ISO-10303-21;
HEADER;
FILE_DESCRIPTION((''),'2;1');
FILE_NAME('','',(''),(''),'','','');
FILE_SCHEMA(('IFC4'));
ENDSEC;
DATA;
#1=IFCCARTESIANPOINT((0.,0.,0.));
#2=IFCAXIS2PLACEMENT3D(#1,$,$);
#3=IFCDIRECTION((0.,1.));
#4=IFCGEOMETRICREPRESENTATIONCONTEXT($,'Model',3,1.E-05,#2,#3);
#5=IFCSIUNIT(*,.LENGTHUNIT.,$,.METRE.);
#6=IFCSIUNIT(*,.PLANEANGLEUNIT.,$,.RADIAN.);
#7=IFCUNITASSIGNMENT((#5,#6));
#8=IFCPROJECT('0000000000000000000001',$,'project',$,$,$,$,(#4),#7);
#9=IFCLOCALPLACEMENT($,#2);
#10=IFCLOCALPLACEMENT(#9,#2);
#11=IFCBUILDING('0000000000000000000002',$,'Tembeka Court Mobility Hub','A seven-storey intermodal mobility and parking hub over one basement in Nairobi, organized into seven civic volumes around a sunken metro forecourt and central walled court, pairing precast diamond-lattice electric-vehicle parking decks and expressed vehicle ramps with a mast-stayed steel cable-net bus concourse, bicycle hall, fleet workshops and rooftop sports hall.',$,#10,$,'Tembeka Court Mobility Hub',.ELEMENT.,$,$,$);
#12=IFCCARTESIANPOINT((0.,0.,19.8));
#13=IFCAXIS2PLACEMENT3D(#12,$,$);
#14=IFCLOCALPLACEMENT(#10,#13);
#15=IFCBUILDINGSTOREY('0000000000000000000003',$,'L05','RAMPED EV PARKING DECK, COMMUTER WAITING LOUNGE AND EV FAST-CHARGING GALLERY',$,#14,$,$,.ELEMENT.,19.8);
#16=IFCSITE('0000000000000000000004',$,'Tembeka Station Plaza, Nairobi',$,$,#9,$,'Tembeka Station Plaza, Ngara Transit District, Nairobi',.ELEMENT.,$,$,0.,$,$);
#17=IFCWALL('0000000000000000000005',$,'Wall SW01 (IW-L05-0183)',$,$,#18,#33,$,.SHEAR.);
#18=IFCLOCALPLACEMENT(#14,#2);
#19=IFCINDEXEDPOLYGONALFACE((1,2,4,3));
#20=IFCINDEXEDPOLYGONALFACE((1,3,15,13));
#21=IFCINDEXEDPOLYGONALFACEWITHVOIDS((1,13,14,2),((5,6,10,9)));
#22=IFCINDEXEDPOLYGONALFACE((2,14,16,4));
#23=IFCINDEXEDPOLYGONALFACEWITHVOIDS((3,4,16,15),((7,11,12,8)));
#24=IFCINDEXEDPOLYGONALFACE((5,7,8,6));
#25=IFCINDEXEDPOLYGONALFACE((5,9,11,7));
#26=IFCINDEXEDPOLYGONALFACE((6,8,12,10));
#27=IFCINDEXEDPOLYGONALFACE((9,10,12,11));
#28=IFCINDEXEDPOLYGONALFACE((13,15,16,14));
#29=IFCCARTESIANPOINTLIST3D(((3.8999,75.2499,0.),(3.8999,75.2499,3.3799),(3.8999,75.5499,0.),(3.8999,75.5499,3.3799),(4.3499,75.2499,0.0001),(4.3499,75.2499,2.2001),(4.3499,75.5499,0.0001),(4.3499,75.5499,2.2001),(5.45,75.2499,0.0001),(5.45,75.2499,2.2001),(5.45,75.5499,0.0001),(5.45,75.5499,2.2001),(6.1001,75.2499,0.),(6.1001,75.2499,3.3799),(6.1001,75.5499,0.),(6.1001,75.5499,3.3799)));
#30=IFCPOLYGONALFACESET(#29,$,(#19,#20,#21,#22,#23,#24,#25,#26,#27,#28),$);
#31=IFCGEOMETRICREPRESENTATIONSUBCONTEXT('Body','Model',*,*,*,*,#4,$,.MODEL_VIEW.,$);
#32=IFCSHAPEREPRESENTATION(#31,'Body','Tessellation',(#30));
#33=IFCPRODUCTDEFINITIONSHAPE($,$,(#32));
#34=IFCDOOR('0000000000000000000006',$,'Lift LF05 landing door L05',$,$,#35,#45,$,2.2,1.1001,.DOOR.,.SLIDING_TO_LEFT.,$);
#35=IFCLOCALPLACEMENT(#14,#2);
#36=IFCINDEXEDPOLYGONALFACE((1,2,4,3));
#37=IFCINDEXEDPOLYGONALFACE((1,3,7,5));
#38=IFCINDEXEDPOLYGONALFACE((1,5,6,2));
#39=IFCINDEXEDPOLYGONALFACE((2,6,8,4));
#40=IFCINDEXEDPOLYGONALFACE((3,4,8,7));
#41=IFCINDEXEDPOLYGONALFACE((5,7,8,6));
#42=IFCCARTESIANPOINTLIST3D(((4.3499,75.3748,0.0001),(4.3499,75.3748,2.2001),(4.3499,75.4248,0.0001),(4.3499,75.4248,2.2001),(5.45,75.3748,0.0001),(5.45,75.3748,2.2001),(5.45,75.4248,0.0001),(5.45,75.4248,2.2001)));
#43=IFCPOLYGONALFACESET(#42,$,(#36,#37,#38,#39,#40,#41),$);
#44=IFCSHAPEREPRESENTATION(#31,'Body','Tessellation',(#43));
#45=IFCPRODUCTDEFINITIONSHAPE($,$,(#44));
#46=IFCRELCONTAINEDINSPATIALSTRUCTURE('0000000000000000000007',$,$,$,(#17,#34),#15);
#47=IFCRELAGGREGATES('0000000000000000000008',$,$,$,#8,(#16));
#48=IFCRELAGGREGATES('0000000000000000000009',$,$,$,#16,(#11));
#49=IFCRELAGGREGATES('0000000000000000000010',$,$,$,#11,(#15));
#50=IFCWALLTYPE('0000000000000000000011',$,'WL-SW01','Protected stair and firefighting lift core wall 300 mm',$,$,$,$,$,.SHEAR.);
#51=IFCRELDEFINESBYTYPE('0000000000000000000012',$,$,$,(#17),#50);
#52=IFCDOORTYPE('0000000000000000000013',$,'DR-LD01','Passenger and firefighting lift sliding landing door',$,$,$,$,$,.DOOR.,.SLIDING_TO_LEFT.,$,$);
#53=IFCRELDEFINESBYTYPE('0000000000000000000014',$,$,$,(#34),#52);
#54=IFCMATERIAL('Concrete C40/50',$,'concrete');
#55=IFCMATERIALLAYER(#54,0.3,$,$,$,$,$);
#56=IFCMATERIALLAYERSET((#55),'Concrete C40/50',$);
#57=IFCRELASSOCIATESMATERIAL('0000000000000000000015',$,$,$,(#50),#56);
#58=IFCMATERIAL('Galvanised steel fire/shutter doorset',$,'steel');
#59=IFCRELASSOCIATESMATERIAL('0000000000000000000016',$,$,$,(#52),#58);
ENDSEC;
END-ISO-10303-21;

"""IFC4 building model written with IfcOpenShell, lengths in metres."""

from ifc_helpers import new_model, si_unit, direction, frame, frame_2d, origin, place, context, subcontext, project, spatial, rectangle, extrude, material, layer, layer_set, type_object, element, fill, save


model = new_model("IFC4")

# Units and contexts
model_context = context("Model", 3, precision=1e-05, world=origin(), true_north=direction((0.0, 1.0)))
body_context = subcontext(model_context, "Body", "Model", "MODEL_VIEW")
ifc_project = project(units=[si_unit("LENGTHUNIT", "METRE"), si_unit("PLANEANGLEUNIT", "RADIAN")], contexts=[model_context])

# Site, building, storey
site_placement = place(None, origin())
site = spatial("IfcSite", under=ifc_project, at=site_placement, Name="Tembeka Station Plaza, Nairobi", LongName="Tembeka Station Plaza, Ngara Transit District, Nairobi", CompositionType="ELEMENT", RefElevation=0.0)
building_placement = place(site_placement, origin())
building = spatial("IfcBuilding", under=site, at=building_placement, Name="Tembeka Court Mobility Hub", Description="A seven-storey intermodal mobility and parking hub over one basement in Nairobi, organized into seven civic volumes around a sunken metro forecourt and central walled court, pairing precast diamond-lattice electric-vehicle parking decks and expressed vehicle ramps with a mast-stayed steel cable-net bus concourse, bicycle hall, fleet workshops and rooftop sports hall.", LongName="Tembeka Court Mobility Hub", CompositionType="ELEMENT")
storey_placement = place(building_placement, frame((0.0, 0.0, 19.8)))
storey = spatial("IfcBuildingStorey", under=building, at=storey_placement, Name="L05", Description="RAMPED EV PARKING DECK, COMMUTER WAITING LOUNGE AND EV FAST-CHARGING GALLERY", CompositionType="ELEMENT", Elevation=19.8)

# Shared definitions
ifc_material_1 = material(Name="Concrete C40/50", Category="concrete")

# Wall, opening, door
ifc_layer_1 = layer(ifc_material_1, 0.3)
ifc_layer_set_1 = layer_set([ifc_layer_1], Name="Concrete C40/50")
wall_type_1 = type_object("IfcWallType", Name="WL-SW01", Description="Protected stair and firefighting lift core wall 300 mm", PredefinedType="SHEAR", material=ifc_layer_set_1)
wall_1_placement = place(storey_placement, frame((3.8999, 75.3999, 0.0), z_axis=(0.0, 0.0, 1.0), x_axis=(1.0, 0.0, 0.0)))
wall_1 = element("IfcWall", 1, at=wall_1_placement, inside=storey, type_object=wall_type_1, Name="Wall SW01 (IW-L05-0183)", PredefinedType="SHEAR", context=body_context, shape_type="SweptSolid", body=[
    extrude(rectangle(XDim=2.2002, YDim=0.3, at=frame_2d((1.1001, 0.0))), origin(), (0.0, 0.0, 1.0), 3.3799),
])
opening_placement = place(wall_1_placement, frame((0.45, 0.0, 0.0)))
opening = element("IfcOpeningElement", 2, at=opening_placement, cuts=wall_1, PredefinedType="OPENING", context=body_context, shape_type="SweptSolid", body=[
    extrude(rectangle(XDim=1.1001, YDim=2.2, at=frame_2d((0.55, 1.1001))), frame((0.0, 0.1602, 0.0), z_axis=(0.0, -1.0, 0.0), x_axis=(1.0, 0.0, 0.0)), (0.0, 0.0, 1.0), 0.3201),
])
ifc_material_2 = material(Name="Galvanised steel fire/shutter doorset", Category="steel")
door_type = type_object("IfcDoorType", Name="DR-LD01", Description="Passenger and firefighting lift sliding landing door", OperationType="SLIDING_TO_LEFT", PredefinedType="DOOR", material=ifc_material_2)
door_placement = place(opening_placement, origin())
door = element("IfcDoor", 3, at=door_placement, inside=storey, type_object=door_type, Name="Lift LF05 landing door L05", OperationType="SLIDING_TO_LEFT", OverallHeight=2.2, OverallWidth=1.1001, PredefinedType="DOOR", context=body_context, shape_type="SweptSolid", body=[
    extrude(rectangle(XDim=1.1001, YDim=2.2, at=frame_2d((0.55, 1.1001))), frame((0.0, 0.0249, 0.0), z_axis=(0.0, -1.0, 0.0), x_axis=(1.0, 0.0, 0.0)), (0.0, 0.0, 1.0), 0.05),
])
fill(opening, door)

save(model, "model.ifc")
